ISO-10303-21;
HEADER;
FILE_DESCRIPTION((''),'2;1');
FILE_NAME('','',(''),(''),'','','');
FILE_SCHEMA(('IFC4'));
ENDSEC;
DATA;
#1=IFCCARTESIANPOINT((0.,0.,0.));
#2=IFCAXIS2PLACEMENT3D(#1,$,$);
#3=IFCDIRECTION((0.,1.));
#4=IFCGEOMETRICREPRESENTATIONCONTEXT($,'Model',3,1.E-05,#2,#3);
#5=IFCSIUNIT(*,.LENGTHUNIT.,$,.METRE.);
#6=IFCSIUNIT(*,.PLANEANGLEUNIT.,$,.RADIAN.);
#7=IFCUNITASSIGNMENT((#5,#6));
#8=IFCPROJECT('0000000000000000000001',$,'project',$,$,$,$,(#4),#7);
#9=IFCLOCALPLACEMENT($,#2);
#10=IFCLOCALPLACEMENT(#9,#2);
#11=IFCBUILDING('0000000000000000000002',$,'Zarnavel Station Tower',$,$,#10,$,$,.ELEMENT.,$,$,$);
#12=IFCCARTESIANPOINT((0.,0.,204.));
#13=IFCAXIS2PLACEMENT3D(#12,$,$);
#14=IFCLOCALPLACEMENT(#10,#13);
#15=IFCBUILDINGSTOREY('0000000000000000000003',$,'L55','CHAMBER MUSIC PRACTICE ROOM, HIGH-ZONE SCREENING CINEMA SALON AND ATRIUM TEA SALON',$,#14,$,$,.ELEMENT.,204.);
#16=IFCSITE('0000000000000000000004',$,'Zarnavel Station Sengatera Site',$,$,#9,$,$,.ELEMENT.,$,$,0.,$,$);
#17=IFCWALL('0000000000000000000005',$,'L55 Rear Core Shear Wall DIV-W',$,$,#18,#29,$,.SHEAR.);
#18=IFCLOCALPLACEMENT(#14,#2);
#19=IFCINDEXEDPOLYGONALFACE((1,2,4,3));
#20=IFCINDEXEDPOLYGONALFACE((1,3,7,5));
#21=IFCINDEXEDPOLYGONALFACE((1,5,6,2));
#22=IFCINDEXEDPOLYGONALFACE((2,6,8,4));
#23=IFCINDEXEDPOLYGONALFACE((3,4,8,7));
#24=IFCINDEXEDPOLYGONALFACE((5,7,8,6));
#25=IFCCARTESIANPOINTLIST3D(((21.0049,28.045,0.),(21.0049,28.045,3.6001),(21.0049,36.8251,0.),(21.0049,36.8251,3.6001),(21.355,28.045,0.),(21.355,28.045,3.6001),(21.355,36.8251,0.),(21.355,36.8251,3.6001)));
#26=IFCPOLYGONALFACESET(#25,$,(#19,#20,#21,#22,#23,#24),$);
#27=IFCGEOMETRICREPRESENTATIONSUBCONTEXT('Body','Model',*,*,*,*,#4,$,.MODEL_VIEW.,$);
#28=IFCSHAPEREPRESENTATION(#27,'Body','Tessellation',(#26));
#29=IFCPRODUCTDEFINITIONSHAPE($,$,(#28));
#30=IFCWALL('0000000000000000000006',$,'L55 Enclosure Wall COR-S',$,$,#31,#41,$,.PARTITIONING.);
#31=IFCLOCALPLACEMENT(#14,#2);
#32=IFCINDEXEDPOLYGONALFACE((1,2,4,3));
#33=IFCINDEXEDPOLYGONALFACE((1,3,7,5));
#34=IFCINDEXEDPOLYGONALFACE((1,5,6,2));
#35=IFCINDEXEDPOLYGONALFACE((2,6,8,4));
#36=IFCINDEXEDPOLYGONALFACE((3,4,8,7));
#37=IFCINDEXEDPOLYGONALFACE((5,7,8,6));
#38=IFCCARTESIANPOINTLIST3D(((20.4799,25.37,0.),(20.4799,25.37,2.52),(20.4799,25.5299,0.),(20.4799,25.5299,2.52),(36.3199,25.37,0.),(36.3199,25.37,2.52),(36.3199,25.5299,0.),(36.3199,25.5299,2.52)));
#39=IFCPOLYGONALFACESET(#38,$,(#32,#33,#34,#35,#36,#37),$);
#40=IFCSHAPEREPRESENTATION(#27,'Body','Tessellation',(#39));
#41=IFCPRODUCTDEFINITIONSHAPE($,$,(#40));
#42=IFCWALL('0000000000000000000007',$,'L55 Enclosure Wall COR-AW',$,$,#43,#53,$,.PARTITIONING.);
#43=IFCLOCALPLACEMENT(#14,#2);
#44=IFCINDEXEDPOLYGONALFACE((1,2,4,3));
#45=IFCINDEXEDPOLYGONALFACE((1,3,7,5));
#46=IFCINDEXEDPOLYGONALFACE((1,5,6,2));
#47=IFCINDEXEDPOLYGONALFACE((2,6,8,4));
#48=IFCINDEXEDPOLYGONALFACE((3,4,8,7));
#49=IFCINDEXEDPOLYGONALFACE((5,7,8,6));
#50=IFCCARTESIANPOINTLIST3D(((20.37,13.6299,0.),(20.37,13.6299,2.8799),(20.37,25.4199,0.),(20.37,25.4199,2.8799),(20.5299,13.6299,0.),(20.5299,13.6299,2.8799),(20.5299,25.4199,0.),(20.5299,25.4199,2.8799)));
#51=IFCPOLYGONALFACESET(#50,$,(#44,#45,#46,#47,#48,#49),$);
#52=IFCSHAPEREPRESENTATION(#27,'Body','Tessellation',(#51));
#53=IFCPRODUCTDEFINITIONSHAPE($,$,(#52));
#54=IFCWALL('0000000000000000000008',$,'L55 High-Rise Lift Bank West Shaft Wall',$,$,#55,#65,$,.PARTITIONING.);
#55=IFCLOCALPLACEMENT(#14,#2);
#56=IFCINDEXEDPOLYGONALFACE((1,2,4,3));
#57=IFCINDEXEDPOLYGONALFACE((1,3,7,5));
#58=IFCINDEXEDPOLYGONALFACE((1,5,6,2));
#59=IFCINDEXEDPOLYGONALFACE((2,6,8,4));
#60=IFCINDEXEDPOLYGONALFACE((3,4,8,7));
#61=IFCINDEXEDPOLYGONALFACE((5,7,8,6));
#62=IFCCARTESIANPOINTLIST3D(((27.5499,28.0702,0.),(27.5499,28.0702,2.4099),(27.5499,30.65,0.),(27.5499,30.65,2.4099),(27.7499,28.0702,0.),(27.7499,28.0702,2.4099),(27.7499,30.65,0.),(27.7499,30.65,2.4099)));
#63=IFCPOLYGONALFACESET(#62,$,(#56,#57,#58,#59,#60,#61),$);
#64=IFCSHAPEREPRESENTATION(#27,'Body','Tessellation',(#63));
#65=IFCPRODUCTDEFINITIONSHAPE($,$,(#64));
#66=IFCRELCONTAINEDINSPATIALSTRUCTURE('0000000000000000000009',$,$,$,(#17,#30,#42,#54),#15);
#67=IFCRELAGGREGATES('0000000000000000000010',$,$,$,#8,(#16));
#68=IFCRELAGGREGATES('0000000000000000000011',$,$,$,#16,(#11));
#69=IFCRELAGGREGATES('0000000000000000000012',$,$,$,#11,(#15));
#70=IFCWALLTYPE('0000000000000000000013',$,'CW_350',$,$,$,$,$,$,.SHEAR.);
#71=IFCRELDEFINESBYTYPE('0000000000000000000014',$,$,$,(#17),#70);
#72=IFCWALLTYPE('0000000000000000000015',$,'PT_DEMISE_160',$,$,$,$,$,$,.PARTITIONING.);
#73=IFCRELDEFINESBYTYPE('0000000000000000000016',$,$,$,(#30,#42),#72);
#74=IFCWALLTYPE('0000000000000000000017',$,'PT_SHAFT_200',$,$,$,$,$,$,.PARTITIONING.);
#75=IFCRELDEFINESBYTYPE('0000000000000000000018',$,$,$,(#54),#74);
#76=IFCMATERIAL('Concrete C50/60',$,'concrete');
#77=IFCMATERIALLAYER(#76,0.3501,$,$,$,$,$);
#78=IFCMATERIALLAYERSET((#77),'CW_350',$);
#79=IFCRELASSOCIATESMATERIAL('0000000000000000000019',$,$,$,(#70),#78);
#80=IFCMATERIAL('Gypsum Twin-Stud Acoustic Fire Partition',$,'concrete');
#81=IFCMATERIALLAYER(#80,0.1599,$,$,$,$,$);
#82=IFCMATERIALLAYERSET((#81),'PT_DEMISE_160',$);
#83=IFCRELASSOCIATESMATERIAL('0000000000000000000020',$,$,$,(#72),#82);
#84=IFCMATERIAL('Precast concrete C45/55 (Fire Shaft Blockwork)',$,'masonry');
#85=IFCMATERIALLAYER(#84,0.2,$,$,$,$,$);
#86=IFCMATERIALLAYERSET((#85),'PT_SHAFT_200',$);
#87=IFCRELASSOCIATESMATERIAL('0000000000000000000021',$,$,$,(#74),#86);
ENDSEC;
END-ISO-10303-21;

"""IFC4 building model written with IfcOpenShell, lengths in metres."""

from ifc_helpers import new_model, si_unit, direction, frame, frame_2d, origin, place, context, subcontext, project, spatial, rectangle, extrude, material, layer, layer_set, type_object, element, save


model = new_model("IFC4")

# Units and contexts
model_context = context("Model", 3, precision=1e-05, world=origin(), true_north=direction((0.0, 1.0)))
body_context = subcontext(model_context, "Body", "Model", "MODEL_VIEW")
ifc_project = project(units=[si_unit("LENGTHUNIT", "METRE"), si_unit("PLANEANGLEUNIT", "RADIAN")], contexts=[model_context])

# Site, building, storey
site_placement = place(None, origin())
site = spatial("IfcSite", under=ifc_project, at=site_placement, Name="Zarnavel Station Sengatera Site", CompositionType="ELEMENT", RefElevation=0.0)
building_placement = place(site_placement, origin())
building = spatial("IfcBuilding", under=site, at=building_placement, Name="Zarnavel Station Tower", CompositionType="ELEMENT")
storey_placement = place(building_placement, frame((0.0, 0.0, 204.0)))
storey = spatial("IfcBuildingStorey", under=building, at=storey_placement, Name="L55", Description="CHAMBER MUSIC PRACTICE ROOM, HIGH-ZONE SCREENING CINEMA SALON AND ATRIUM TEA SALON", CompositionType="ELEMENT", Elevation=204.0)

# Wall
ifc_material_1 = material(Name="Concrete C50/60", Category="concrete")
ifc_layer_1 = layer(ifc_material_1, 0.3501)
ifc_layer_set_1 = layer_set([ifc_layer_1], Name="CW_350")
wall_type_1 = type_object("IfcWallType", Name="CW_350", PredefinedType="SHEAR", material=ifc_layer_set_1)
wall_1_placement = place(storey_placement, frame((21.1799, 28.0449, 0.0), z_axis=(0.0, 0.0, 1.0), x_axis=(0.0, 1.0, 0.0)))
element("IfcWall", 1, at=wall_1_placement, inside=storey, type_object=wall_type_1, Name="L55 Rear Core Shear Wall DIV-W", PredefinedType="SHEAR", context=body_context, shape_type="SweptSolid", body=[
    extrude(rectangle(XDim=8.78, YDim=0.3501, at=frame_2d((4.3901, 0.0))), origin(), (0.0, 0.0, 1.0), 3.6001),
])

# Walls
ifc_material_2 = material(Name="Gypsum Twin-Stud Acoustic Fire Partition", Category="concrete")
ifc_layer_2 = layer(ifc_material_2, 0.1599)
ifc_layer_set_2 = layer_set([ifc_layer_2], Name="PT_DEMISE_160")
wall_type_2 = type_object("IfcWallType", Name="PT_DEMISE_160", PredefinedType="PARTITIONING", material=ifc_layer_set_2)
wall_2_placement = place(storey_placement, frame((20.48, 25.45, 0.0), z_axis=(0.0, 0.0, 1.0), x_axis=(1.0, 0.0, 0.0)))
element("IfcWall", 2, at=wall_2_placement, inside=storey, type_object=wall_type_2, Name="L55 Enclosure Wall COR-S", PredefinedType="PARTITIONING", context=body_context, shape_type="SweptSolid", body=[
    extrude(rectangle(XDim=15.8401, YDim=0.1599, at=frame_2d((7.9199, 0.0))), origin(), (0.0, 0.0, 1.0), 2.52),
])
wall_3_placement = place(storey_placement, frame((20.45, 13.6299, 0.0), z_axis=(0.0, 0.0, 1.0), x_axis=(0.0, 1.0, 0.0)))
element("IfcWall", 3, at=wall_3_placement, inside=storey, type_object=wall_type_2, Name="L55 Enclosure Wall COR-AW", PredefinedType="PARTITIONING", context=body_context, shape_type="SweptSolid", body=[
    extrude(rectangle(XDim=11.79, YDim=0.1599, at=frame_2d((5.895, 0.0))), origin(), (0.0, 0.0, 1.0), 2.8799),
])

# Shared definitions
ifc_material_3 = material(Name="Precast concrete C45/55 (Fire Shaft Blockwork)", Category="masonry")
ifc_layer_3 = layer(ifc_material_3, 0.2)
ifc_layer_set_3 = layer_set([ifc_layer_3], Name="PT_SHAFT_200")
wall_type_3 = type_object("IfcWallType", Name="PT_SHAFT_200", PredefinedType="PARTITIONING", material=ifc_layer_set_3)

# Wall
wall_4_placement = place(storey_placement, frame((27.6499, 28.0701, 0.0), z_axis=(0.0, 0.0, 1.0), x_axis=(0.0, 1.0, 0.0)))
element("IfcWall", 4, at=wall_4_placement, inside=storey, type_object=wall_type_3, Name="L55 High-Rise Lift Bank West Shaft Wall", PredefinedType="PARTITIONING", context=body_context, shape_type="SweptSolid", body=[
    extrude(rectangle(XDim=2.5798, YDim=0.2, at=frame_2d((1.29, 0.0))), origin(), (0.0, 0.0, 1.0), 2.4099),
])

save(model, "model.ifc")
